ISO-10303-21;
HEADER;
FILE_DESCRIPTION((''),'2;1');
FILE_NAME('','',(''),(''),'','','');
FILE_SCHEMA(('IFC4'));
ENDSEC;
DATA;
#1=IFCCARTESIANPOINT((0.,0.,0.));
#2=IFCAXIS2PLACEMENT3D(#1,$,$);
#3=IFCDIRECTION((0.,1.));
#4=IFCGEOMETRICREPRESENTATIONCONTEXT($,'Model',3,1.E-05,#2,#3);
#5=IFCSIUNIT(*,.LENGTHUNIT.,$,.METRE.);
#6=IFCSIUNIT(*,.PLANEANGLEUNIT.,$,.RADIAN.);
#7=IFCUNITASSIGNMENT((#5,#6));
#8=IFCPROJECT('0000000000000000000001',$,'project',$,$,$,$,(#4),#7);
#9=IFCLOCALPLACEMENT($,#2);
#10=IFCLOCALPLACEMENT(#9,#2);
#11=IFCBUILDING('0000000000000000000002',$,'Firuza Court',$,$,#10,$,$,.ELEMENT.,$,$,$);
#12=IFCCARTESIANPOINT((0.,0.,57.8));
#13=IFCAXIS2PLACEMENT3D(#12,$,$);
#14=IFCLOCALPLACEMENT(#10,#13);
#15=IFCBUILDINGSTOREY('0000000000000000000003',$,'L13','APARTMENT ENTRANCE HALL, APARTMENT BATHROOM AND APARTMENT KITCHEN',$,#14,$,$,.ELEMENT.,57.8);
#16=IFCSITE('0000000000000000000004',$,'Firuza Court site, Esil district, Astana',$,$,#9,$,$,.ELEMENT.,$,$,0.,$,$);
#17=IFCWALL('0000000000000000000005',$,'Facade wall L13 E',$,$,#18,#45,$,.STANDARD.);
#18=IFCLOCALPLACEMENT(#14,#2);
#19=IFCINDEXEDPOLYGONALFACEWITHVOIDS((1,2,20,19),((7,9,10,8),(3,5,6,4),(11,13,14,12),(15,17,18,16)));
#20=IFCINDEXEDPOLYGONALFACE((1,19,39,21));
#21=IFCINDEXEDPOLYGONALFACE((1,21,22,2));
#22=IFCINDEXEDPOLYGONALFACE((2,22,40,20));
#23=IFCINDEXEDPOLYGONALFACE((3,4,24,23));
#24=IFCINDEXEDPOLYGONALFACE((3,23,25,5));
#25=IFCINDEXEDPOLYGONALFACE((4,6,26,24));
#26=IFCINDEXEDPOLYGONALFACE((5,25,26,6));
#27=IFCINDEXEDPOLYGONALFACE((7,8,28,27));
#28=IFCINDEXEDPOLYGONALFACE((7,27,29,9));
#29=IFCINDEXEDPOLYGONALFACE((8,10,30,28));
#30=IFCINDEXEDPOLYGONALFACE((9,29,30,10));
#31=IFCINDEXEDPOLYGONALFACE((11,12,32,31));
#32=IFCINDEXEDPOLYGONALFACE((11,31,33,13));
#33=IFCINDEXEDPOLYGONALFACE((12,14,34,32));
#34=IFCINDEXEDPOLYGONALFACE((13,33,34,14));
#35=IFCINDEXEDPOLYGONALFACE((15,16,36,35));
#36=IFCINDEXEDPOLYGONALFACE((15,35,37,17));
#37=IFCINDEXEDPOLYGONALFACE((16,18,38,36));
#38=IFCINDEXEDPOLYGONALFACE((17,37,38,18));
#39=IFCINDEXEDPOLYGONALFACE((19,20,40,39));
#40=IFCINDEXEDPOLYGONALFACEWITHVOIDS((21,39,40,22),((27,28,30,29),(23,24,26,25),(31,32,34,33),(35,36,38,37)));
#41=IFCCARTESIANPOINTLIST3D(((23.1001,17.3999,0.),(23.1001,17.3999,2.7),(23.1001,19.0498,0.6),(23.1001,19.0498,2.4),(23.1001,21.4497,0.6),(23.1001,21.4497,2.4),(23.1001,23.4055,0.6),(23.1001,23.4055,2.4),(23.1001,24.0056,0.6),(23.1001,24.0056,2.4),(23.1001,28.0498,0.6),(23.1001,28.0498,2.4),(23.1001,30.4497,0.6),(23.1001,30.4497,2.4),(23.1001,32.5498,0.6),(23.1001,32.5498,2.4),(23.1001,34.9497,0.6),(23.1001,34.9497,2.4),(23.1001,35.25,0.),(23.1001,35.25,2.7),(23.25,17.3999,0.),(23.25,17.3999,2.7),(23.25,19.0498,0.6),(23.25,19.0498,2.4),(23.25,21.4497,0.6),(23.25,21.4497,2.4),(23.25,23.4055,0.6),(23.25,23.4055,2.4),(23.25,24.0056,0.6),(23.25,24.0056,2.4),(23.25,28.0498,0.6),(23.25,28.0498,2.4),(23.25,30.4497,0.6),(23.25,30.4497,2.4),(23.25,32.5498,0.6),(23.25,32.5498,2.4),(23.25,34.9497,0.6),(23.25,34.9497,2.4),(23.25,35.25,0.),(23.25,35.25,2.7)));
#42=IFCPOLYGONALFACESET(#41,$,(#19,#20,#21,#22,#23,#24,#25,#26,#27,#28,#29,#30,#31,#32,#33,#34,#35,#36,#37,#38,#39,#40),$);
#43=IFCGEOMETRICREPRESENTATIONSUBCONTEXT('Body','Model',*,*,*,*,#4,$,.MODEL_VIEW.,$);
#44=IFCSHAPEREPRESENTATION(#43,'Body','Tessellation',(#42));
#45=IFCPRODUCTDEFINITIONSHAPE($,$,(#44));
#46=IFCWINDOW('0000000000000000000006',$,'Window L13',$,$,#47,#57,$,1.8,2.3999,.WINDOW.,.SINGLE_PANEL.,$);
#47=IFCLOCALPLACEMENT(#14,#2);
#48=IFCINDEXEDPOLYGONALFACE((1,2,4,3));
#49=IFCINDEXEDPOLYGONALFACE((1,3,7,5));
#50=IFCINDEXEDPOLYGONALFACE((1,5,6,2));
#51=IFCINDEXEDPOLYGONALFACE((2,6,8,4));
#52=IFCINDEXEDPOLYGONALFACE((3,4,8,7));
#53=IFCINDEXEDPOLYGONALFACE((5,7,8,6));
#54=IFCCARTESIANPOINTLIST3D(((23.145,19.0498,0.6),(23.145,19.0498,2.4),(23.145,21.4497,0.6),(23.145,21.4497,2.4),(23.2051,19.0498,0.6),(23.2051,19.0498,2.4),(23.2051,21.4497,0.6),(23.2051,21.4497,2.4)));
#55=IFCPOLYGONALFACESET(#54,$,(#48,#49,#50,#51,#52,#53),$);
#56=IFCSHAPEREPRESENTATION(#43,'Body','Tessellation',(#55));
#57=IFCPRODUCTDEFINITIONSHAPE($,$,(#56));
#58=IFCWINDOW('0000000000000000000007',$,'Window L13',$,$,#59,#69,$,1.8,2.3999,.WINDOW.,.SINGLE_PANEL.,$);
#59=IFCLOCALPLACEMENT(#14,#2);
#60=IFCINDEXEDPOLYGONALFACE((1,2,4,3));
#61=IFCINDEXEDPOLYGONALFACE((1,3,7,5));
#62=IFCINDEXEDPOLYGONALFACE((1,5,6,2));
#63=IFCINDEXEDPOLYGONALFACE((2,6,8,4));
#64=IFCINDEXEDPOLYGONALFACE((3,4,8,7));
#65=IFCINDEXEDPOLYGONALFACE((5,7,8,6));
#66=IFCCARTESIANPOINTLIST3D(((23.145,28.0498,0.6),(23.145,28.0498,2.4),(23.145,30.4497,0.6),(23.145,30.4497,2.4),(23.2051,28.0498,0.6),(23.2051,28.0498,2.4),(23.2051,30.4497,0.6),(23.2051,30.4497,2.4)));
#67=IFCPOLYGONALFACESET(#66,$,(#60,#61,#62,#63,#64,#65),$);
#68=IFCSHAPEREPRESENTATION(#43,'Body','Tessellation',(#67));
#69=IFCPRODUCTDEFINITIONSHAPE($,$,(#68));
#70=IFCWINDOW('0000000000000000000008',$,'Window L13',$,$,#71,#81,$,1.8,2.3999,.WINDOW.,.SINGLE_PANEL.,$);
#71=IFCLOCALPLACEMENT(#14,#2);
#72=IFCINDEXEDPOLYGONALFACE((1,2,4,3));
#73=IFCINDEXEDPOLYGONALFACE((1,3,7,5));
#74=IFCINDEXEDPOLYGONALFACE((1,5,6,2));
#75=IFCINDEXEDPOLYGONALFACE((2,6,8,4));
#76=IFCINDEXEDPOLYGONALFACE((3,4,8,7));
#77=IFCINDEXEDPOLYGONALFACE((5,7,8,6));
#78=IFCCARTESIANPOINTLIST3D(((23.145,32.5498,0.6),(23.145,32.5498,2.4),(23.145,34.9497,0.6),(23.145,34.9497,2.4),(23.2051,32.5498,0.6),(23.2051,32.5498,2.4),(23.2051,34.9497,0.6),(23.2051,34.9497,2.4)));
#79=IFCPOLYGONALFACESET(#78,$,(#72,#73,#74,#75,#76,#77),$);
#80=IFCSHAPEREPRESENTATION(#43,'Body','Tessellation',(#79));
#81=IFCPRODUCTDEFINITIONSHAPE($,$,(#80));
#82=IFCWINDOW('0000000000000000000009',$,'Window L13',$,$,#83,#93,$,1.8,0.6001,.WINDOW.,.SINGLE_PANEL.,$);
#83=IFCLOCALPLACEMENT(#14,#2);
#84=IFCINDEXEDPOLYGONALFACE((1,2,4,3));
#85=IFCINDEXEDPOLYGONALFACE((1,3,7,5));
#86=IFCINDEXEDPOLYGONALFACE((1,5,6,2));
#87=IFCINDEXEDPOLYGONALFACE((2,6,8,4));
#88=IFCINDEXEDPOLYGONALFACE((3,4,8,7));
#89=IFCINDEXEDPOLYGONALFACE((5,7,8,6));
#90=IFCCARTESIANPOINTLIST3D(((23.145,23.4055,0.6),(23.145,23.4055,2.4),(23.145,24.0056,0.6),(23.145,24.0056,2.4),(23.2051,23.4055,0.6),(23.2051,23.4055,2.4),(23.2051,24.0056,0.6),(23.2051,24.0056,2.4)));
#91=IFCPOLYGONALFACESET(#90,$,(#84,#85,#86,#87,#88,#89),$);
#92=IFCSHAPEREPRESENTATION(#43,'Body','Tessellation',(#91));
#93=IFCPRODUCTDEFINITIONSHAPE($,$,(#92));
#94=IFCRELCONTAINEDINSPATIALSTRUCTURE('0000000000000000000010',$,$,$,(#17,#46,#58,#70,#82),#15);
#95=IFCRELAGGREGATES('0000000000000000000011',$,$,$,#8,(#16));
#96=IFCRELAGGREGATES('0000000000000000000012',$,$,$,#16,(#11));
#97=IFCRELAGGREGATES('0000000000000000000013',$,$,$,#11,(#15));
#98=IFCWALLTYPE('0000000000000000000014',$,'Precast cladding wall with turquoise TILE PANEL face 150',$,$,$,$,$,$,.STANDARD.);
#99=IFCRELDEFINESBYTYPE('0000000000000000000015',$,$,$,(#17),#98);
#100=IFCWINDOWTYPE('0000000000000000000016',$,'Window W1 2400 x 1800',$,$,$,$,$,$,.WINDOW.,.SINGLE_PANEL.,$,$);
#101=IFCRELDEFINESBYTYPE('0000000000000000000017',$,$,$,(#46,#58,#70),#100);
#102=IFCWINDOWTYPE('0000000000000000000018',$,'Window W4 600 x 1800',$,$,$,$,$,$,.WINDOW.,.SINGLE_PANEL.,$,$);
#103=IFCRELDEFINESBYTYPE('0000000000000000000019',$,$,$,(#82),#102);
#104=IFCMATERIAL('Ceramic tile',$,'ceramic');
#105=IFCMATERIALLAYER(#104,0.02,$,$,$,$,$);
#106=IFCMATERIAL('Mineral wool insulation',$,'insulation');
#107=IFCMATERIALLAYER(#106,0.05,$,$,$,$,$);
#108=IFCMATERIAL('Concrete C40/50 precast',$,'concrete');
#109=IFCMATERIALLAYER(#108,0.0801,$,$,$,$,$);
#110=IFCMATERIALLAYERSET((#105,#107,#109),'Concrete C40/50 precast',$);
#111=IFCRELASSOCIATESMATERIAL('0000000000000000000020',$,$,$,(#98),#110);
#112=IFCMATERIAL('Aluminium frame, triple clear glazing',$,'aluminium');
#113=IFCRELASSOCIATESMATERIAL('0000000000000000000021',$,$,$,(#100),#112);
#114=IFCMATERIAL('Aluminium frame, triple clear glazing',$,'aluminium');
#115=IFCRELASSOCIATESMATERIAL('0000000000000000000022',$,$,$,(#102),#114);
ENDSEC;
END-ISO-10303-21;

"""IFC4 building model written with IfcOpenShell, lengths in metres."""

from ifc_helpers import new_model, si_unit, direction, frame, frame_2d, origin, place, context, subcontext, project, spatial, rectangle, extrude, material, layer, layer_set, type_object, element, fill, save


model = new_model("IFC4")

# Units and contexts
model_context = context("Model", 3, precision=1e-05, world=origin(), true_north=direction((0.0, 1.0)))
body_context = subcontext(model_context, "Body", "Model", "MODEL_VIEW")
ifc_project = project(units=[si_unit("LENGTHUNIT", "METRE"), si_unit("PLANEANGLEUNIT", "RADIAN")], contexts=[model_context])

# Site, building, storey
site_placement = place(None, origin())
site = spatial("IfcSite", under=ifc_project, at=site_placement, Name="Firuza Court site, Esil district, Astana", CompositionType="ELEMENT", RefElevation=0.0)
building_placement = place(site_placement, origin())
building = spatial("IfcBuilding", under=site, at=building_placement, Name="Firuza Court", CompositionType="ELEMENT")
storey_placement = place(building_placement, frame((0.0, 0.0, 57.8)))
storey = spatial("IfcBuildingStorey", under=building, at=storey_placement, Name="L13", Description="APARTMENT ENTRANCE HALL, APARTMENT BATHROOM AND APARTMENT KITCHEN", CompositionType="ELEMENT", Elevation=57.8)

# Shared definitions
ifc_material_1 = material(Name="Ceramic tile", Category="ceramic")
ifc_layer_1 = layer(ifc_material_1, 0.02)
ifc_material_2 = material(Name="Mineral wool insulation", Category="insulation")
ifc_layer_2 = layer(ifc_material_2, 0.05)
ifc_material_3 = material(Name="Concrete C40/50 precast", Category="concrete")
ifc_layer_3 = layer(ifc_material_3, 0.0801)
ifc_layer_set_1 = layer_set([ifc_layer_1, ifc_layer_2, ifc_layer_3], Name="Concrete C40/50 precast")
wall_type_1 = type_object("IfcWallType", Name="Precast cladding wall with turquoise TILE PANEL face 150", PredefinedType="STANDARD", material=ifc_layer_set_1)
ifc_material_4 = material(Name="Aluminium frame, triple clear glazing", Category="aluminium")
window_type_1 = type_object("IfcWindowType", Name="Window W1 2400 x 1800", PartitioningType="SINGLE_PANEL", PredefinedType="WINDOW", material=ifc_material_4)

# Wall, openings, windows
wall_1_placement = place(storey_placement, frame((23.175, 17.3999, 0.0), z_axis=(0.0, 0.0, 1.0), x_axis=(0.0, 1.0, 0.0)))
wall_1 = element("IfcWall", 1, at=wall_1_placement, inside=storey, type_object=wall_type_1, Name="Facade wall L13 E", PredefinedType="STANDARD", context=body_context, shape_type="SweptSolid", body=[
    extrude(rectangle(XDim=17.8501, YDim=0.1499, at=frame_2d((8.925, 0.0))), origin(), (0.0, 0.0, 1.0), 2.7),
])
opening_1_placement = place(wall_1_placement, frame((1.6499, 0.0, 0.6001)))
opening_1 = element("IfcOpeningElement", 2, at=opening_1_placement, cuts=wall_1, PredefinedType="OPENING", context=body_context, shape_type="SweptSolid", body=[
    extrude(rectangle(XDim=2.3999, YDim=1.8, at=frame_2d((1.2, 0.8999))), frame((0.0, 0.0869, 0.0), z_axis=(0.0, -1.0, 0.0), x_axis=(1.0, 0.0, 0.0)), (0.0, 0.0, 1.0), 0.1738),
])
opening_2_placement = place(wall_1_placement, frame((6.0056, 0.0, 0.6001)))
opening_2 = element("IfcOpeningElement", 3, at=opening_2_placement, cuts=wall_1, PredefinedType="OPENING", context=body_context, shape_type="SweptSolid", body=[
    extrude(rectangle(XDim=0.6001, YDim=1.8, at=frame_2d((0.3, 0.8999))), frame((0.0, 0.0869, 0.0), z_axis=(0.0, -1.0, 0.0), x_axis=(1.0, 0.0, 0.0)), (0.0, 0.0, 1.0), 0.1738),
])
opening_3_placement = place(wall_1_placement, frame((10.6499, 0.0, 0.6001)))
opening_3 = element("IfcOpeningElement", 4, at=opening_3_placement, cuts=wall_1, PredefinedType="OPENING", context=body_context, shape_type="SweptSolid", body=[
    extrude(rectangle(XDim=2.3999, YDim=1.8, at=frame_2d((1.2, 0.8999))), frame((0.0, 0.0869, 0.0), z_axis=(0.0, -1.0, 0.0), x_axis=(1.0, 0.0, 0.0)), (0.0, 0.0, 1.0), 0.1738),
])
opening_4_placement = place(wall_1_placement, frame((15.1499, 0.0, 0.6001)))
opening_4 = element("IfcOpeningElement", 5, at=opening_4_placement, cuts=wall_1, PredefinedType="OPENING", context=body_context, shape_type="SweptSolid", body=[
    extrude(rectangle(XDim=2.3999, YDim=1.8, at=frame_2d((1.2, 0.8999))), frame((0.0, 0.0869, 0.0), z_axis=(0.0, -1.0, 0.0), x_axis=(1.0, 0.0, 0.0)), (0.0, 0.0, 1.0), 0.1738),
])
window_1_placement = place(opening_1_placement, origin())
window_1 = element("IfcWindow", 6, at=window_1_placement, inside=storey, type_object=window_type_1, Name="Window L13", OverallHeight=1.8, OverallWidth=2.3999, PartitioningType="SINGLE_PANEL", PredefinedType="WINDOW", context=body_context, shape_type="SweptSolid", body=[
    extrude(rectangle(XDim=2.3999, YDim=1.8, at=frame_2d((1.2, 0.8999))), frame((0.0, 0.03, 0.0), z_axis=(0.0, -1.0, 0.0), x_axis=(1.0, 0.0, 0.0)), (0.0, 0.0, 1.0), 0.0601),
])
fill(opening_1, window_1)
window_2_placement = place(opening_3_placement, origin())
window_2 = element("IfcWindow", 7, at=window_2_placement, inside=storey, type_object=window_type_1, Name="Window L13", OverallHeight=1.8, OverallWidth=2.3999, PartitioningType="SINGLE_PANEL", PredefinedType="WINDOW", context=body_context, shape_type="SweptSolid", body=[
    extrude(rectangle(XDim=2.3999, YDim=1.8, at=frame_2d((1.2, 0.8999))), frame((0.0, 0.03, 0.0), z_axis=(0.0, -1.0, 0.0), x_axis=(1.0, 0.0, 0.0)), (0.0, 0.0, 1.0), 0.0601),
])
fill(opening_3, window_2)
window_3_placement = place(opening_4_placement, origin())
window_3 = element("IfcWindow", 8, at=window_3_placement, inside=storey, type_object=window_type_1, Name="Window L13", OverallHeight=1.8, OverallWidth=2.3999, PartitioningType="SINGLE_PANEL", PredefinedType="WINDOW", context=body_context, shape_type="SweptSolid", body=[
    extrude(rectangle(XDim=2.3999, YDim=1.8, at=frame_2d((1.2, 0.8999))), frame((0.0, 0.03, 0.0), z_axis=(0.0, -1.0, 0.0), x_axis=(1.0, 0.0, 0.0)), (0.0, 0.0, 1.0), 0.0601),
])
fill(opening_4, window_3)
ifc_material_5 = material(Name="Aluminium frame, triple clear glazing", Category="aluminium")
window_type_2 = type_object("IfcWindowType", Name="Window W4 600 x 1800", PartitioningType="SINGLE_PANEL", PredefinedType="WINDOW", material=ifc_material_5)
window_4_placement = place(opening_2_placement, origin())
window_4 = element("IfcWindow", 9, at=window_4_placement, inside=storey, type_object=window_type_2, Name="Window L13", OverallHeight=1.8, OverallWidth=0.6001, PartitioningType="SINGLE_PANEL", PredefinedType="WINDOW", context=body_context, shape_type="SweptSolid", body=[
    extrude(rectangle(XDim=0.6001, YDim=1.8, at=frame_2d((0.3, 0.8999))), frame((0.0, 0.03, 0.0), z_axis=(0.0, -1.0, 0.0), x_axis=(1.0, 0.0, 0.0)), (0.0, 0.0, 1.0), 0.0601),
])
fill(opening_2, window_4)

save(model, "model.ifc")
